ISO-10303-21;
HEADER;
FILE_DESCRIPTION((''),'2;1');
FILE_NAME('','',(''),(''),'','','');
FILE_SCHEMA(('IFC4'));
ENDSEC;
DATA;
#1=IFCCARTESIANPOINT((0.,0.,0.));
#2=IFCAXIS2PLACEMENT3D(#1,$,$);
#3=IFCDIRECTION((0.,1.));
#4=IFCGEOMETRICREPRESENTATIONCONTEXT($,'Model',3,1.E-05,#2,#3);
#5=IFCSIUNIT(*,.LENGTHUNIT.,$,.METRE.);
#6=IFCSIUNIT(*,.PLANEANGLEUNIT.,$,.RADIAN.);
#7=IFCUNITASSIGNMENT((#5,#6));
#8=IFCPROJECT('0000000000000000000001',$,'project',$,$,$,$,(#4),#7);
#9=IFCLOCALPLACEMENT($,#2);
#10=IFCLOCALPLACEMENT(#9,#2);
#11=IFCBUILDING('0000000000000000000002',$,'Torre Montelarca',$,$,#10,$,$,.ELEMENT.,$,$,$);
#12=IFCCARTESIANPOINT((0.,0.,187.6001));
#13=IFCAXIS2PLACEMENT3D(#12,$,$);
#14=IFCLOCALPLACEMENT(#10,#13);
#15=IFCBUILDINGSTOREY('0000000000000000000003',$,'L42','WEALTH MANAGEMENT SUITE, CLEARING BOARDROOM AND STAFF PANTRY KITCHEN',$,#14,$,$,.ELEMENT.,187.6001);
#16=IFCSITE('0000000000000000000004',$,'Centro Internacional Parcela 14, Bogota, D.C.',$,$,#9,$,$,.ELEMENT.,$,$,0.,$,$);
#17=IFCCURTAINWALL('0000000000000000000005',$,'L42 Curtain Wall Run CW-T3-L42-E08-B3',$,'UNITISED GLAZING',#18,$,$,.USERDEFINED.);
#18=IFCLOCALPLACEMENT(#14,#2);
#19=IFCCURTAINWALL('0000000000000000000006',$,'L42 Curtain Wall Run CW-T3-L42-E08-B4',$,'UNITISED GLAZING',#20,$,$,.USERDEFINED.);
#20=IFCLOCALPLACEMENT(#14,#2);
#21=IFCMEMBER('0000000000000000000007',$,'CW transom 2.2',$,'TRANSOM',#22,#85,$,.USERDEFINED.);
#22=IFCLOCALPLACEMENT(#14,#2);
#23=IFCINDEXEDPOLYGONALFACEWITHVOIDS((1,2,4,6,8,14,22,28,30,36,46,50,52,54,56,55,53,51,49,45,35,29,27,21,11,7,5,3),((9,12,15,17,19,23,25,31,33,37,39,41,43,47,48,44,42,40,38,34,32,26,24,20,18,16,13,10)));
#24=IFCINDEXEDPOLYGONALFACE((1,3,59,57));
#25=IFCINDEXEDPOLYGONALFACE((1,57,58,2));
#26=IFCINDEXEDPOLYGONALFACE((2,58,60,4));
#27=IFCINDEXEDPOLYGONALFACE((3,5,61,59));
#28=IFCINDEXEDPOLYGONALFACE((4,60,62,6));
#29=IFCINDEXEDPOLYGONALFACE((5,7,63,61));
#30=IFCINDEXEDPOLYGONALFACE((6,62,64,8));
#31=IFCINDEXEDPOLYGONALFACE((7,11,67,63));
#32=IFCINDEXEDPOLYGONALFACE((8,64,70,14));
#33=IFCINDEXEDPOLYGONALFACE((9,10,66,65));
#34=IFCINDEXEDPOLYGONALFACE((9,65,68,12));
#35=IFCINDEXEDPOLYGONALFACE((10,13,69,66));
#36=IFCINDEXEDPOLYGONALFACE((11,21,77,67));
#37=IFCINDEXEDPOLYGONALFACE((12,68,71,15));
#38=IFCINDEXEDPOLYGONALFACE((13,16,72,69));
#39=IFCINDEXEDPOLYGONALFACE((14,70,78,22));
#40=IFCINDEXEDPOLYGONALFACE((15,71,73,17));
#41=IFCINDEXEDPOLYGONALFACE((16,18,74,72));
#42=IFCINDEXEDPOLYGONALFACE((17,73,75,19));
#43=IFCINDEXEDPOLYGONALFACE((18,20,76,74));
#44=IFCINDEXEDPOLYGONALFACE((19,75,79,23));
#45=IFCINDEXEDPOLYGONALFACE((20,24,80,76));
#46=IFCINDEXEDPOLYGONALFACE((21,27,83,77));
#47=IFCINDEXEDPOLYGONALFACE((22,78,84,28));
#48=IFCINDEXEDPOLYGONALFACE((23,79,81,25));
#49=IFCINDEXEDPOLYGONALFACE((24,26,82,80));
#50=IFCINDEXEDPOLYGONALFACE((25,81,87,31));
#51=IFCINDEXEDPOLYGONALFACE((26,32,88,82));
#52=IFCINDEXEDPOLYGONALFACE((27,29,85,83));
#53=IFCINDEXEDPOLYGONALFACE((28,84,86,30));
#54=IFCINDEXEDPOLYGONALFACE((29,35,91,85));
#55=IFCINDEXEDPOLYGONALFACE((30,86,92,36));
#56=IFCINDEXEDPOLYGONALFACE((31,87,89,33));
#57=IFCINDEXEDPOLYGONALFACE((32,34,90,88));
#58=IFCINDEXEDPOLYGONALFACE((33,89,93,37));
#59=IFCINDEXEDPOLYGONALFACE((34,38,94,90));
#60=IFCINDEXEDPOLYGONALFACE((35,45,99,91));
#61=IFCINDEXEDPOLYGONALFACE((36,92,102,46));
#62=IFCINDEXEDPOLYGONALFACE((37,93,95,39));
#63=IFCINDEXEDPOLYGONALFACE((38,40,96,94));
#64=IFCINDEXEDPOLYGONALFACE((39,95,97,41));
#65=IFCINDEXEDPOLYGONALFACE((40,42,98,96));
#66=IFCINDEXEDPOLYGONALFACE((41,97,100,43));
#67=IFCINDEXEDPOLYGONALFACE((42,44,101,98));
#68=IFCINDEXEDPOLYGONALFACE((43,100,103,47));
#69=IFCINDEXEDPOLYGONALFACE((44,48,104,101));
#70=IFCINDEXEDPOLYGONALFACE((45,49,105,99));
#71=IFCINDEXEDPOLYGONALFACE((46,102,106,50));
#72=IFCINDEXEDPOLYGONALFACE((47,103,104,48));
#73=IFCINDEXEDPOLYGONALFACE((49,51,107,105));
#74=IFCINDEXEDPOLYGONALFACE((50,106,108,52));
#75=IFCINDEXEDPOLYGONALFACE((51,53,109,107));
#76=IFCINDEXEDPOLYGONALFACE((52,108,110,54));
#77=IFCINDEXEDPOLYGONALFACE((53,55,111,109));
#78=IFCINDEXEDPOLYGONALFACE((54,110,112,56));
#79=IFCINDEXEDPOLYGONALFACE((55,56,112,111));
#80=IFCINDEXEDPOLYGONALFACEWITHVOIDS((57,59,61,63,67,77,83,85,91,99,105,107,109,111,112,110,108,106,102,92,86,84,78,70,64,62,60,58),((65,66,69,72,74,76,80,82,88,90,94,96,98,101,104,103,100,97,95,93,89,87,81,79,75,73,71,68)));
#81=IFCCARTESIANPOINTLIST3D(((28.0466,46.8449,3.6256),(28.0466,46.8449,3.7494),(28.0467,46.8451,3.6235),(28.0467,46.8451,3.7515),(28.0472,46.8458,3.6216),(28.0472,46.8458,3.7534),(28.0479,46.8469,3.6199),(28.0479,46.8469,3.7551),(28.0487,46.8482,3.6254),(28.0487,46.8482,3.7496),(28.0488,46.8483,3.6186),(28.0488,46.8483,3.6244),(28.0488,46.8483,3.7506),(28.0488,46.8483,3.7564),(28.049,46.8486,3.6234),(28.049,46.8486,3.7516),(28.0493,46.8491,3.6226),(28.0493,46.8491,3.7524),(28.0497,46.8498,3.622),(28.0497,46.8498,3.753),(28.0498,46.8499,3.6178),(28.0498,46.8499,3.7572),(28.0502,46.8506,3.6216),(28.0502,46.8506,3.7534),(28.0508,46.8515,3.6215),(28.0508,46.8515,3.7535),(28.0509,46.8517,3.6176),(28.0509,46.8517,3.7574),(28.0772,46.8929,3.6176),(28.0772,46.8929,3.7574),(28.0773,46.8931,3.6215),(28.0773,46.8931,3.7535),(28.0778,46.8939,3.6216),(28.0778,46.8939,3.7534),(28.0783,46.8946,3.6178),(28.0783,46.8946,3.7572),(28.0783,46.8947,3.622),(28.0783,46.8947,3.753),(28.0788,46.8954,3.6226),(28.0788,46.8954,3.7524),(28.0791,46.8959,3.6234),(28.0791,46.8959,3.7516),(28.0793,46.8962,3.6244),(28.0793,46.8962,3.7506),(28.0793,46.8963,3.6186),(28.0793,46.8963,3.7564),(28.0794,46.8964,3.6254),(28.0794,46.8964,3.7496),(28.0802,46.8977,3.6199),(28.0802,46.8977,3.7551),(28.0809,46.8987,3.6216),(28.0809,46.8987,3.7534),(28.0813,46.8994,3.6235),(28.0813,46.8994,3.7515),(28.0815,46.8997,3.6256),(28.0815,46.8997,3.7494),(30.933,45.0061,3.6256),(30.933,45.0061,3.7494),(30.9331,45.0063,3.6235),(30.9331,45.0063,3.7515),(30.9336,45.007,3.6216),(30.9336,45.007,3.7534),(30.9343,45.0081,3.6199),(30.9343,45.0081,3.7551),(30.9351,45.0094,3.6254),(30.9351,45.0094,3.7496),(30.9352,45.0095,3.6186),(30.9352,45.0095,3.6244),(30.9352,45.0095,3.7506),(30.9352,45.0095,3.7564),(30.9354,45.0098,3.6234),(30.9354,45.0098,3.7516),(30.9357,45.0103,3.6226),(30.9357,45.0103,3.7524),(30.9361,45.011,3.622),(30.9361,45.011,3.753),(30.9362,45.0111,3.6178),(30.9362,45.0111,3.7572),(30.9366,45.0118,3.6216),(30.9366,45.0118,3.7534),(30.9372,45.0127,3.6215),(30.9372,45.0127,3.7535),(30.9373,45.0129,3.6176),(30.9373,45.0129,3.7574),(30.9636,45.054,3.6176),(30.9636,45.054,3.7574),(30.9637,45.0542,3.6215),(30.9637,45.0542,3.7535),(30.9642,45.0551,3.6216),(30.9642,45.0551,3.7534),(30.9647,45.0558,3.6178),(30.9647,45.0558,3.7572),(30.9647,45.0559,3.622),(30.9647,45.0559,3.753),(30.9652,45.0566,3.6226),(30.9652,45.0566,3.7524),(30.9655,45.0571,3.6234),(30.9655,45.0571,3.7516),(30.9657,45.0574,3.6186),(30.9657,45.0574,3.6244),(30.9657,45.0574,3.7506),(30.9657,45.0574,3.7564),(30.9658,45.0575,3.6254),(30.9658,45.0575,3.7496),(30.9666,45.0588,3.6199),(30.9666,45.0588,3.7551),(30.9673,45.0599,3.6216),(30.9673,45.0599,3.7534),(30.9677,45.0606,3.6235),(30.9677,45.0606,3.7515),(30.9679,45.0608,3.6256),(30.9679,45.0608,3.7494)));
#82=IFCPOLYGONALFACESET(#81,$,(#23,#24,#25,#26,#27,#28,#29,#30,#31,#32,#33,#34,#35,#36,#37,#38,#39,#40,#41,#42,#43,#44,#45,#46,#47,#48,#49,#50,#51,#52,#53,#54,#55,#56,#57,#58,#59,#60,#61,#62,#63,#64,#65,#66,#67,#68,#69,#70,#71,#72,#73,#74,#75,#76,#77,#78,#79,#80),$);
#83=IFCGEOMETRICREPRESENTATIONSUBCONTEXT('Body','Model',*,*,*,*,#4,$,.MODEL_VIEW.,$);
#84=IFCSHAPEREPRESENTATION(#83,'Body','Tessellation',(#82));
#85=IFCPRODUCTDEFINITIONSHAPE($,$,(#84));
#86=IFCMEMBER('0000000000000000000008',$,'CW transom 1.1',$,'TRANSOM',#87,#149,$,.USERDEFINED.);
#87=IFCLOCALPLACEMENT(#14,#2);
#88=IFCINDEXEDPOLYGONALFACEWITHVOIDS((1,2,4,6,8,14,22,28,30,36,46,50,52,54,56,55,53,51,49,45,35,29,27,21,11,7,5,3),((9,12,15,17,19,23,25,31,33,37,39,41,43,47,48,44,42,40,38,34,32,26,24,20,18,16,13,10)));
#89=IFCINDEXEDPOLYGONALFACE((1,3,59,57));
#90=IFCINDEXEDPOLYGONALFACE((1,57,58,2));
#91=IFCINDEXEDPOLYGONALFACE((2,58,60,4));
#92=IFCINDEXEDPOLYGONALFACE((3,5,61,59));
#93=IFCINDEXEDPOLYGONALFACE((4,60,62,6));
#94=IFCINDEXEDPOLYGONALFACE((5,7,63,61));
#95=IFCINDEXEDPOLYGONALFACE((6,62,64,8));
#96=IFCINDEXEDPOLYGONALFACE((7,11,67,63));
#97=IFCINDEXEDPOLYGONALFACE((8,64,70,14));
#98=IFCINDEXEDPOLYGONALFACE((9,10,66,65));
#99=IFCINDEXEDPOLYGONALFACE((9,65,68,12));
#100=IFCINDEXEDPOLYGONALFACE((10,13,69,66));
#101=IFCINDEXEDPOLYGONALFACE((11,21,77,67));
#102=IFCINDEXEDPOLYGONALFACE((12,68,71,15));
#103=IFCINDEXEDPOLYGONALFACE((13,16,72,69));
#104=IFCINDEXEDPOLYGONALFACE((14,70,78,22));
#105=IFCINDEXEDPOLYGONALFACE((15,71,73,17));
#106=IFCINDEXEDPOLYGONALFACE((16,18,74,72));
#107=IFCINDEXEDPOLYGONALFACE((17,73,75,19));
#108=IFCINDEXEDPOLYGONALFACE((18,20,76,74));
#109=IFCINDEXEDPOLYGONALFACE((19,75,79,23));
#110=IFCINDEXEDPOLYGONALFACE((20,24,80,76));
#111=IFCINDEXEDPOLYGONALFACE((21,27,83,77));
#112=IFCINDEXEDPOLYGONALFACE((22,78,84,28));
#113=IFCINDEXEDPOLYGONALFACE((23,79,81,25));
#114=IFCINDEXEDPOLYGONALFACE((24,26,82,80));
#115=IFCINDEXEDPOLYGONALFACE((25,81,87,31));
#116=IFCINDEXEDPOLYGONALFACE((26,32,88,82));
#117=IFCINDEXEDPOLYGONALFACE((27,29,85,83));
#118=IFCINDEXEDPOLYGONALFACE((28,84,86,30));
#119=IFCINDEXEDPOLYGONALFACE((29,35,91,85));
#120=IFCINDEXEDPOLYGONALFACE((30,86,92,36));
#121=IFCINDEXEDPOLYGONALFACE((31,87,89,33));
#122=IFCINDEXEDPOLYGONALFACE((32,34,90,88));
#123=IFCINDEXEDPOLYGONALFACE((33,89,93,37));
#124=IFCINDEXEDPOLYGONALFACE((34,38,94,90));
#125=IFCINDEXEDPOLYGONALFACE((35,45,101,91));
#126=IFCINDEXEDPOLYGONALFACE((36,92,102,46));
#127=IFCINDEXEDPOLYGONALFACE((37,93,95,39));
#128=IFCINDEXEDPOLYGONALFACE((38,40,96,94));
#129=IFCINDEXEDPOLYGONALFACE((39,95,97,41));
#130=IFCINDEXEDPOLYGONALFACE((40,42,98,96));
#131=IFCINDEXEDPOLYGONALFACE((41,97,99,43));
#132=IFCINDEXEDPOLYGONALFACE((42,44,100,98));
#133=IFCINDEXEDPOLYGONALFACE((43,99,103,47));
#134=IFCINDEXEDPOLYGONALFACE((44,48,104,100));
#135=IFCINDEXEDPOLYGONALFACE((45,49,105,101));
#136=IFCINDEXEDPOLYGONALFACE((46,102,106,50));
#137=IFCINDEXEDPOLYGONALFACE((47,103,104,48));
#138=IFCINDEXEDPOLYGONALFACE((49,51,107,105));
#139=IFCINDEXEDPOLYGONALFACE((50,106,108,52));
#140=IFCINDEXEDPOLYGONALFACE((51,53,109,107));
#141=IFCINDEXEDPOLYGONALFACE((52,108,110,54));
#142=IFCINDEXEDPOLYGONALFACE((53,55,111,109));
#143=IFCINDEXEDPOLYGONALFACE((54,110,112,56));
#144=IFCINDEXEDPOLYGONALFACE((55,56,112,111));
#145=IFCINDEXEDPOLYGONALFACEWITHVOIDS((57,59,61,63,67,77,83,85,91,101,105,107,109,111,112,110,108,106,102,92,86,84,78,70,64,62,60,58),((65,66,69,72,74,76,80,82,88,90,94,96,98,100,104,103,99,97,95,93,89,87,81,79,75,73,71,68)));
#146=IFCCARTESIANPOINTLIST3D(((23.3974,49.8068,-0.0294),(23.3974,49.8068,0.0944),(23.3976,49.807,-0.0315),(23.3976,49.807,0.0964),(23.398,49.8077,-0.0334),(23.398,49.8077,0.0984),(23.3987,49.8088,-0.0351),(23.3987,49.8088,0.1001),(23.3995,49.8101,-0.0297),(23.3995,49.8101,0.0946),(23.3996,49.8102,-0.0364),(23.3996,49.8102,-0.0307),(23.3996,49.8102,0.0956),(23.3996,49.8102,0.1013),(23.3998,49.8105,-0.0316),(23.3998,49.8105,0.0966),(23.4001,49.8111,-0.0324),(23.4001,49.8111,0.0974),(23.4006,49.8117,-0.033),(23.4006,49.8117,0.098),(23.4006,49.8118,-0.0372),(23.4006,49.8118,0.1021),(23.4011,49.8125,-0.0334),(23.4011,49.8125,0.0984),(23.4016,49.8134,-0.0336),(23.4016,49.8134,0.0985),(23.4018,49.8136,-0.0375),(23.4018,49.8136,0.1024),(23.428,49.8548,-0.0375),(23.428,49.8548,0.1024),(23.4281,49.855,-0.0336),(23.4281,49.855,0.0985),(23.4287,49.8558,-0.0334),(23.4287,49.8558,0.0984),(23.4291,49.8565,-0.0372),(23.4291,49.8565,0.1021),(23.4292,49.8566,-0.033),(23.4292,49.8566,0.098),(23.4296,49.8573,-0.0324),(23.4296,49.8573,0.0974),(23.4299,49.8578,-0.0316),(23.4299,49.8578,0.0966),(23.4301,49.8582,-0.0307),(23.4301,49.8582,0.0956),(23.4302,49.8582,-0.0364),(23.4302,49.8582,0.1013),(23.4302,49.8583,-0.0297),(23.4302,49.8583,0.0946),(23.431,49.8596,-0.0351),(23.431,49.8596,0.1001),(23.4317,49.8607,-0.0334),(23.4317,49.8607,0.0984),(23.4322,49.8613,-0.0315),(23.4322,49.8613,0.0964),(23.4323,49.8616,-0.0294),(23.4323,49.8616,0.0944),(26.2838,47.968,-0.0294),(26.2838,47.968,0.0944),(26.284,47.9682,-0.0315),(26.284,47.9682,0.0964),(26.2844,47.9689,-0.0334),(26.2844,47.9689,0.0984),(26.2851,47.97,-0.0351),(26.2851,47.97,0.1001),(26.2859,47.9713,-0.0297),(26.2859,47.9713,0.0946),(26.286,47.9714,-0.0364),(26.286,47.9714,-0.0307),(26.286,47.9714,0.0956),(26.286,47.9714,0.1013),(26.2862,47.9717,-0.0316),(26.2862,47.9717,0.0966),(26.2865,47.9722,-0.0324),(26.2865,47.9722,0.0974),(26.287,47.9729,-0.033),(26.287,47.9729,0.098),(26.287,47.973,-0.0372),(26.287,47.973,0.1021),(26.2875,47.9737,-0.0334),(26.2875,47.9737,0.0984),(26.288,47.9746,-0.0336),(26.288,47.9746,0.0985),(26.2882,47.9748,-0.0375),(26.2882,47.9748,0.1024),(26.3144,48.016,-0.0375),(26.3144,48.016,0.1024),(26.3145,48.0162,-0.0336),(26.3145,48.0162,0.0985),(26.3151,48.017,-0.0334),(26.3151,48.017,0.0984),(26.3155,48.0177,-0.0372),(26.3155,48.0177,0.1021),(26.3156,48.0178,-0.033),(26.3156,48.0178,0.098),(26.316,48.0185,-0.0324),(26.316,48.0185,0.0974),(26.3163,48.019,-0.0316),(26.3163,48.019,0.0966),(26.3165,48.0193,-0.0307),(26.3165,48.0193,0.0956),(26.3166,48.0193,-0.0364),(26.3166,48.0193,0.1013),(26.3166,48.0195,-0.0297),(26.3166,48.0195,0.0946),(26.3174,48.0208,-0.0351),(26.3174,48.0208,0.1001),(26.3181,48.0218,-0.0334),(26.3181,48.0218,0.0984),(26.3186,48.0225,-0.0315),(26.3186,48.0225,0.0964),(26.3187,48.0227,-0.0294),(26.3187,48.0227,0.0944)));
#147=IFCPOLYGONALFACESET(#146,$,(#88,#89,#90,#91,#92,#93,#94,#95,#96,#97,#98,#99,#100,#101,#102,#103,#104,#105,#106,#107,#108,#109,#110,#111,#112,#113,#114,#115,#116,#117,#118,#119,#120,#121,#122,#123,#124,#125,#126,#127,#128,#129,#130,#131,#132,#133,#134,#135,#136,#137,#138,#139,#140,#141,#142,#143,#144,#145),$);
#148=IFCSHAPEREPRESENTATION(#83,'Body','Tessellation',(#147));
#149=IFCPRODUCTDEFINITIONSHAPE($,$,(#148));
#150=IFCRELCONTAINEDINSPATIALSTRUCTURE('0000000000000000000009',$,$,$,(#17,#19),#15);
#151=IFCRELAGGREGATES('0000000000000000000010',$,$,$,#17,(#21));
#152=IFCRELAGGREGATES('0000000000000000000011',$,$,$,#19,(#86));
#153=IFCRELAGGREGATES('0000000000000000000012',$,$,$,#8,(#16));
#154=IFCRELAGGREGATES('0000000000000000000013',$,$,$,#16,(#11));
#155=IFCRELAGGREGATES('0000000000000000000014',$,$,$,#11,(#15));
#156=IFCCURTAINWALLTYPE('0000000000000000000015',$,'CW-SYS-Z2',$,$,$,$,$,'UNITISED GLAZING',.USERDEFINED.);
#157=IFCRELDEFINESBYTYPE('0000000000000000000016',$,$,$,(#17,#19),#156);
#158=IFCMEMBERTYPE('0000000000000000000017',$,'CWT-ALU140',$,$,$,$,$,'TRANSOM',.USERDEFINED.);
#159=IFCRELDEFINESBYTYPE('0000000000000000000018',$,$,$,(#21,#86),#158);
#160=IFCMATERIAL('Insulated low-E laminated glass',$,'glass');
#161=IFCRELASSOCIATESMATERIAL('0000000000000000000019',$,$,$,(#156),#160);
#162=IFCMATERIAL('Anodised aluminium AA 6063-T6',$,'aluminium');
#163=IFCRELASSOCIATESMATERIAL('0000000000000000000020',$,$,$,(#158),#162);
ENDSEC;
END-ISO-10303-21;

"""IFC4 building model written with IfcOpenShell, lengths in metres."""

from ifc_helpers import new_model, si_unit, direction, frame, origin, origin_2d, place, context, subcontext, project, spatial, hollow_rectangle, extrude, source, transform, mapped, material, material_profile, profile_set, type_object, element, aggregate, save


model = new_model("IFC4")

# Units and contexts
model_context = context("Model", 3, precision=1e-05, world=origin(), true_north=direction((0.0, 1.0)))
body_context = subcontext(model_context, "Body", "Model", "MODEL_VIEW")
ifc_project = project(units=[si_unit("LENGTHUNIT", "METRE"), si_unit("PLANEANGLEUNIT", "RADIAN")], contexts=[model_context])

# Site, building, storey
site_placement = place(None, origin())
site = spatial("IfcSite", under=ifc_project, at=site_placement, Name="Centro Internacional Parcela 14, Bogota, D.C.", CompositionType="ELEMENT", RefElevation=0.0)
building_placement = place(site_placement, origin())
building = spatial("IfcBuilding", under=site, at=building_placement, Name="Torre Montelarca", CompositionType="ELEMENT")
storey_placement = place(building_placement, frame((0.0, 0.0, 187.6001)))
storey = spatial("IfcBuildingStorey", under=building, at=storey_placement, Name="L42", Description="WEALTH MANAGEMENT SUITE, CLEARING BOARDROOM AND STAFF PANTRY KITCHEN", CompositionType="ELEMENT", Elevation=187.6001)

# Curtain walls
ifc_material_1 = material(Name="Insulated low-E laminated glass", Category="glass")
curtain_wall_type = type_object("IfcCurtainWallType", Name="CW-SYS-Z2", ElementType="UNITISED GLAZING", PredefinedType="USERDEFINED", material=ifc_material_1)
curtain_wall_1_placement = place(storey_placement, origin())
curtain_wall_1 = element("IfcCurtainWall", 1, at=curtain_wall_1_placement, inside=storey, type_object=curtain_wall_type, Name="L42 Curtain Wall Run CW-T3-L42-E08-B3", ObjectType="UNITISED GLAZING", PredefinedType="USERDEFINED")
ifc_material_2 = material(Name="Anodised aluminium AA 6063-T6", Category="aluminium")
curtain_wall_2_placement = place(storey_placement, origin())
curtain_wall_2 = element("IfcCurtainWall", 2, at=curtain_wall_2_placement, inside=storey, type_object=curtain_wall_type, Name="L42 Curtain Wall Run CW-T3-L42-E08-B4", ObjectType="UNITISED GLAZING", PredefinedType="USERDEFINED")

# Members
ifc_material_profile_1 = material_profile(ifc_material_2, hollow_rectangle(XDim=0.0649, YDim=0.1399, WallThickness=0.0039, InnerFilletRadius=0.0039, OuterFilletRadius=0.0081, at=origin_2d()), Name="ALU65X140X4", Category="aluminium")
ifc_profile_set_1 = profile_set([ifc_material_profile_1], Name="Anodised aluminium AA 6063-T6")
member_type_1 = type_object("IfcMemberType", Name="CWT-ALU140", ElementType="TRANSOM", PredefinedType="USERDEFINED", material=ifc_profile_set_1)
shared_shape_1 = source(origin(), body_context, "Body", "SweptSolid", [
    extrude(hollow_rectangle(XDim=0.0649, YDim=0.1399, WallThickness=0.0039, InnerFilletRadius=0.0039, OuterFilletRadius=0.0081, at=origin_2d()), origin(), (0.0, 0.0, 1.0), 3.4224),
])
member_1_placement = place(storey_placement, frame((30.9504, 45.0334, 3.6875), z_axis=(-0.843394, 0.537295, 0.0), x_axis=(-0.537295, -0.843394, 0.0)))
member_1 = element("IfcMember", 3, at=member_1_placement, type_object=member_type_1, Name="CW transom 2.2", ObjectType="TRANSOM", PredefinedType="USERDEFINED", context=body_context, shape_type="MappedRepresentation", body=[
    mapped(shared_shape_1, transform((0.0, 0.0, 0.0), scale=1.0)),
])
member_2_placement = place(storey_placement, frame((26.3013, 47.9954, 0.0325), z_axis=(-0.843394, 0.537295, 0.0), x_axis=(-0.537295, -0.843394, 0.0)))
member_2 = element("IfcMember", 4, at=member_2_placement, type_object=member_type_1, Name="CW transom 1.1", ObjectType="TRANSOM", PredefinedType="USERDEFINED", context=body_context, shape_type="MappedRepresentation", body=[
    mapped(shared_shape_1, transform((0.0, 0.0, 0.0), scale=1.0)),
])

aggregate(curtain_wall_1, [member_1])
aggregate(curtain_wall_2, [member_2])

save(model, "model.ifc")
